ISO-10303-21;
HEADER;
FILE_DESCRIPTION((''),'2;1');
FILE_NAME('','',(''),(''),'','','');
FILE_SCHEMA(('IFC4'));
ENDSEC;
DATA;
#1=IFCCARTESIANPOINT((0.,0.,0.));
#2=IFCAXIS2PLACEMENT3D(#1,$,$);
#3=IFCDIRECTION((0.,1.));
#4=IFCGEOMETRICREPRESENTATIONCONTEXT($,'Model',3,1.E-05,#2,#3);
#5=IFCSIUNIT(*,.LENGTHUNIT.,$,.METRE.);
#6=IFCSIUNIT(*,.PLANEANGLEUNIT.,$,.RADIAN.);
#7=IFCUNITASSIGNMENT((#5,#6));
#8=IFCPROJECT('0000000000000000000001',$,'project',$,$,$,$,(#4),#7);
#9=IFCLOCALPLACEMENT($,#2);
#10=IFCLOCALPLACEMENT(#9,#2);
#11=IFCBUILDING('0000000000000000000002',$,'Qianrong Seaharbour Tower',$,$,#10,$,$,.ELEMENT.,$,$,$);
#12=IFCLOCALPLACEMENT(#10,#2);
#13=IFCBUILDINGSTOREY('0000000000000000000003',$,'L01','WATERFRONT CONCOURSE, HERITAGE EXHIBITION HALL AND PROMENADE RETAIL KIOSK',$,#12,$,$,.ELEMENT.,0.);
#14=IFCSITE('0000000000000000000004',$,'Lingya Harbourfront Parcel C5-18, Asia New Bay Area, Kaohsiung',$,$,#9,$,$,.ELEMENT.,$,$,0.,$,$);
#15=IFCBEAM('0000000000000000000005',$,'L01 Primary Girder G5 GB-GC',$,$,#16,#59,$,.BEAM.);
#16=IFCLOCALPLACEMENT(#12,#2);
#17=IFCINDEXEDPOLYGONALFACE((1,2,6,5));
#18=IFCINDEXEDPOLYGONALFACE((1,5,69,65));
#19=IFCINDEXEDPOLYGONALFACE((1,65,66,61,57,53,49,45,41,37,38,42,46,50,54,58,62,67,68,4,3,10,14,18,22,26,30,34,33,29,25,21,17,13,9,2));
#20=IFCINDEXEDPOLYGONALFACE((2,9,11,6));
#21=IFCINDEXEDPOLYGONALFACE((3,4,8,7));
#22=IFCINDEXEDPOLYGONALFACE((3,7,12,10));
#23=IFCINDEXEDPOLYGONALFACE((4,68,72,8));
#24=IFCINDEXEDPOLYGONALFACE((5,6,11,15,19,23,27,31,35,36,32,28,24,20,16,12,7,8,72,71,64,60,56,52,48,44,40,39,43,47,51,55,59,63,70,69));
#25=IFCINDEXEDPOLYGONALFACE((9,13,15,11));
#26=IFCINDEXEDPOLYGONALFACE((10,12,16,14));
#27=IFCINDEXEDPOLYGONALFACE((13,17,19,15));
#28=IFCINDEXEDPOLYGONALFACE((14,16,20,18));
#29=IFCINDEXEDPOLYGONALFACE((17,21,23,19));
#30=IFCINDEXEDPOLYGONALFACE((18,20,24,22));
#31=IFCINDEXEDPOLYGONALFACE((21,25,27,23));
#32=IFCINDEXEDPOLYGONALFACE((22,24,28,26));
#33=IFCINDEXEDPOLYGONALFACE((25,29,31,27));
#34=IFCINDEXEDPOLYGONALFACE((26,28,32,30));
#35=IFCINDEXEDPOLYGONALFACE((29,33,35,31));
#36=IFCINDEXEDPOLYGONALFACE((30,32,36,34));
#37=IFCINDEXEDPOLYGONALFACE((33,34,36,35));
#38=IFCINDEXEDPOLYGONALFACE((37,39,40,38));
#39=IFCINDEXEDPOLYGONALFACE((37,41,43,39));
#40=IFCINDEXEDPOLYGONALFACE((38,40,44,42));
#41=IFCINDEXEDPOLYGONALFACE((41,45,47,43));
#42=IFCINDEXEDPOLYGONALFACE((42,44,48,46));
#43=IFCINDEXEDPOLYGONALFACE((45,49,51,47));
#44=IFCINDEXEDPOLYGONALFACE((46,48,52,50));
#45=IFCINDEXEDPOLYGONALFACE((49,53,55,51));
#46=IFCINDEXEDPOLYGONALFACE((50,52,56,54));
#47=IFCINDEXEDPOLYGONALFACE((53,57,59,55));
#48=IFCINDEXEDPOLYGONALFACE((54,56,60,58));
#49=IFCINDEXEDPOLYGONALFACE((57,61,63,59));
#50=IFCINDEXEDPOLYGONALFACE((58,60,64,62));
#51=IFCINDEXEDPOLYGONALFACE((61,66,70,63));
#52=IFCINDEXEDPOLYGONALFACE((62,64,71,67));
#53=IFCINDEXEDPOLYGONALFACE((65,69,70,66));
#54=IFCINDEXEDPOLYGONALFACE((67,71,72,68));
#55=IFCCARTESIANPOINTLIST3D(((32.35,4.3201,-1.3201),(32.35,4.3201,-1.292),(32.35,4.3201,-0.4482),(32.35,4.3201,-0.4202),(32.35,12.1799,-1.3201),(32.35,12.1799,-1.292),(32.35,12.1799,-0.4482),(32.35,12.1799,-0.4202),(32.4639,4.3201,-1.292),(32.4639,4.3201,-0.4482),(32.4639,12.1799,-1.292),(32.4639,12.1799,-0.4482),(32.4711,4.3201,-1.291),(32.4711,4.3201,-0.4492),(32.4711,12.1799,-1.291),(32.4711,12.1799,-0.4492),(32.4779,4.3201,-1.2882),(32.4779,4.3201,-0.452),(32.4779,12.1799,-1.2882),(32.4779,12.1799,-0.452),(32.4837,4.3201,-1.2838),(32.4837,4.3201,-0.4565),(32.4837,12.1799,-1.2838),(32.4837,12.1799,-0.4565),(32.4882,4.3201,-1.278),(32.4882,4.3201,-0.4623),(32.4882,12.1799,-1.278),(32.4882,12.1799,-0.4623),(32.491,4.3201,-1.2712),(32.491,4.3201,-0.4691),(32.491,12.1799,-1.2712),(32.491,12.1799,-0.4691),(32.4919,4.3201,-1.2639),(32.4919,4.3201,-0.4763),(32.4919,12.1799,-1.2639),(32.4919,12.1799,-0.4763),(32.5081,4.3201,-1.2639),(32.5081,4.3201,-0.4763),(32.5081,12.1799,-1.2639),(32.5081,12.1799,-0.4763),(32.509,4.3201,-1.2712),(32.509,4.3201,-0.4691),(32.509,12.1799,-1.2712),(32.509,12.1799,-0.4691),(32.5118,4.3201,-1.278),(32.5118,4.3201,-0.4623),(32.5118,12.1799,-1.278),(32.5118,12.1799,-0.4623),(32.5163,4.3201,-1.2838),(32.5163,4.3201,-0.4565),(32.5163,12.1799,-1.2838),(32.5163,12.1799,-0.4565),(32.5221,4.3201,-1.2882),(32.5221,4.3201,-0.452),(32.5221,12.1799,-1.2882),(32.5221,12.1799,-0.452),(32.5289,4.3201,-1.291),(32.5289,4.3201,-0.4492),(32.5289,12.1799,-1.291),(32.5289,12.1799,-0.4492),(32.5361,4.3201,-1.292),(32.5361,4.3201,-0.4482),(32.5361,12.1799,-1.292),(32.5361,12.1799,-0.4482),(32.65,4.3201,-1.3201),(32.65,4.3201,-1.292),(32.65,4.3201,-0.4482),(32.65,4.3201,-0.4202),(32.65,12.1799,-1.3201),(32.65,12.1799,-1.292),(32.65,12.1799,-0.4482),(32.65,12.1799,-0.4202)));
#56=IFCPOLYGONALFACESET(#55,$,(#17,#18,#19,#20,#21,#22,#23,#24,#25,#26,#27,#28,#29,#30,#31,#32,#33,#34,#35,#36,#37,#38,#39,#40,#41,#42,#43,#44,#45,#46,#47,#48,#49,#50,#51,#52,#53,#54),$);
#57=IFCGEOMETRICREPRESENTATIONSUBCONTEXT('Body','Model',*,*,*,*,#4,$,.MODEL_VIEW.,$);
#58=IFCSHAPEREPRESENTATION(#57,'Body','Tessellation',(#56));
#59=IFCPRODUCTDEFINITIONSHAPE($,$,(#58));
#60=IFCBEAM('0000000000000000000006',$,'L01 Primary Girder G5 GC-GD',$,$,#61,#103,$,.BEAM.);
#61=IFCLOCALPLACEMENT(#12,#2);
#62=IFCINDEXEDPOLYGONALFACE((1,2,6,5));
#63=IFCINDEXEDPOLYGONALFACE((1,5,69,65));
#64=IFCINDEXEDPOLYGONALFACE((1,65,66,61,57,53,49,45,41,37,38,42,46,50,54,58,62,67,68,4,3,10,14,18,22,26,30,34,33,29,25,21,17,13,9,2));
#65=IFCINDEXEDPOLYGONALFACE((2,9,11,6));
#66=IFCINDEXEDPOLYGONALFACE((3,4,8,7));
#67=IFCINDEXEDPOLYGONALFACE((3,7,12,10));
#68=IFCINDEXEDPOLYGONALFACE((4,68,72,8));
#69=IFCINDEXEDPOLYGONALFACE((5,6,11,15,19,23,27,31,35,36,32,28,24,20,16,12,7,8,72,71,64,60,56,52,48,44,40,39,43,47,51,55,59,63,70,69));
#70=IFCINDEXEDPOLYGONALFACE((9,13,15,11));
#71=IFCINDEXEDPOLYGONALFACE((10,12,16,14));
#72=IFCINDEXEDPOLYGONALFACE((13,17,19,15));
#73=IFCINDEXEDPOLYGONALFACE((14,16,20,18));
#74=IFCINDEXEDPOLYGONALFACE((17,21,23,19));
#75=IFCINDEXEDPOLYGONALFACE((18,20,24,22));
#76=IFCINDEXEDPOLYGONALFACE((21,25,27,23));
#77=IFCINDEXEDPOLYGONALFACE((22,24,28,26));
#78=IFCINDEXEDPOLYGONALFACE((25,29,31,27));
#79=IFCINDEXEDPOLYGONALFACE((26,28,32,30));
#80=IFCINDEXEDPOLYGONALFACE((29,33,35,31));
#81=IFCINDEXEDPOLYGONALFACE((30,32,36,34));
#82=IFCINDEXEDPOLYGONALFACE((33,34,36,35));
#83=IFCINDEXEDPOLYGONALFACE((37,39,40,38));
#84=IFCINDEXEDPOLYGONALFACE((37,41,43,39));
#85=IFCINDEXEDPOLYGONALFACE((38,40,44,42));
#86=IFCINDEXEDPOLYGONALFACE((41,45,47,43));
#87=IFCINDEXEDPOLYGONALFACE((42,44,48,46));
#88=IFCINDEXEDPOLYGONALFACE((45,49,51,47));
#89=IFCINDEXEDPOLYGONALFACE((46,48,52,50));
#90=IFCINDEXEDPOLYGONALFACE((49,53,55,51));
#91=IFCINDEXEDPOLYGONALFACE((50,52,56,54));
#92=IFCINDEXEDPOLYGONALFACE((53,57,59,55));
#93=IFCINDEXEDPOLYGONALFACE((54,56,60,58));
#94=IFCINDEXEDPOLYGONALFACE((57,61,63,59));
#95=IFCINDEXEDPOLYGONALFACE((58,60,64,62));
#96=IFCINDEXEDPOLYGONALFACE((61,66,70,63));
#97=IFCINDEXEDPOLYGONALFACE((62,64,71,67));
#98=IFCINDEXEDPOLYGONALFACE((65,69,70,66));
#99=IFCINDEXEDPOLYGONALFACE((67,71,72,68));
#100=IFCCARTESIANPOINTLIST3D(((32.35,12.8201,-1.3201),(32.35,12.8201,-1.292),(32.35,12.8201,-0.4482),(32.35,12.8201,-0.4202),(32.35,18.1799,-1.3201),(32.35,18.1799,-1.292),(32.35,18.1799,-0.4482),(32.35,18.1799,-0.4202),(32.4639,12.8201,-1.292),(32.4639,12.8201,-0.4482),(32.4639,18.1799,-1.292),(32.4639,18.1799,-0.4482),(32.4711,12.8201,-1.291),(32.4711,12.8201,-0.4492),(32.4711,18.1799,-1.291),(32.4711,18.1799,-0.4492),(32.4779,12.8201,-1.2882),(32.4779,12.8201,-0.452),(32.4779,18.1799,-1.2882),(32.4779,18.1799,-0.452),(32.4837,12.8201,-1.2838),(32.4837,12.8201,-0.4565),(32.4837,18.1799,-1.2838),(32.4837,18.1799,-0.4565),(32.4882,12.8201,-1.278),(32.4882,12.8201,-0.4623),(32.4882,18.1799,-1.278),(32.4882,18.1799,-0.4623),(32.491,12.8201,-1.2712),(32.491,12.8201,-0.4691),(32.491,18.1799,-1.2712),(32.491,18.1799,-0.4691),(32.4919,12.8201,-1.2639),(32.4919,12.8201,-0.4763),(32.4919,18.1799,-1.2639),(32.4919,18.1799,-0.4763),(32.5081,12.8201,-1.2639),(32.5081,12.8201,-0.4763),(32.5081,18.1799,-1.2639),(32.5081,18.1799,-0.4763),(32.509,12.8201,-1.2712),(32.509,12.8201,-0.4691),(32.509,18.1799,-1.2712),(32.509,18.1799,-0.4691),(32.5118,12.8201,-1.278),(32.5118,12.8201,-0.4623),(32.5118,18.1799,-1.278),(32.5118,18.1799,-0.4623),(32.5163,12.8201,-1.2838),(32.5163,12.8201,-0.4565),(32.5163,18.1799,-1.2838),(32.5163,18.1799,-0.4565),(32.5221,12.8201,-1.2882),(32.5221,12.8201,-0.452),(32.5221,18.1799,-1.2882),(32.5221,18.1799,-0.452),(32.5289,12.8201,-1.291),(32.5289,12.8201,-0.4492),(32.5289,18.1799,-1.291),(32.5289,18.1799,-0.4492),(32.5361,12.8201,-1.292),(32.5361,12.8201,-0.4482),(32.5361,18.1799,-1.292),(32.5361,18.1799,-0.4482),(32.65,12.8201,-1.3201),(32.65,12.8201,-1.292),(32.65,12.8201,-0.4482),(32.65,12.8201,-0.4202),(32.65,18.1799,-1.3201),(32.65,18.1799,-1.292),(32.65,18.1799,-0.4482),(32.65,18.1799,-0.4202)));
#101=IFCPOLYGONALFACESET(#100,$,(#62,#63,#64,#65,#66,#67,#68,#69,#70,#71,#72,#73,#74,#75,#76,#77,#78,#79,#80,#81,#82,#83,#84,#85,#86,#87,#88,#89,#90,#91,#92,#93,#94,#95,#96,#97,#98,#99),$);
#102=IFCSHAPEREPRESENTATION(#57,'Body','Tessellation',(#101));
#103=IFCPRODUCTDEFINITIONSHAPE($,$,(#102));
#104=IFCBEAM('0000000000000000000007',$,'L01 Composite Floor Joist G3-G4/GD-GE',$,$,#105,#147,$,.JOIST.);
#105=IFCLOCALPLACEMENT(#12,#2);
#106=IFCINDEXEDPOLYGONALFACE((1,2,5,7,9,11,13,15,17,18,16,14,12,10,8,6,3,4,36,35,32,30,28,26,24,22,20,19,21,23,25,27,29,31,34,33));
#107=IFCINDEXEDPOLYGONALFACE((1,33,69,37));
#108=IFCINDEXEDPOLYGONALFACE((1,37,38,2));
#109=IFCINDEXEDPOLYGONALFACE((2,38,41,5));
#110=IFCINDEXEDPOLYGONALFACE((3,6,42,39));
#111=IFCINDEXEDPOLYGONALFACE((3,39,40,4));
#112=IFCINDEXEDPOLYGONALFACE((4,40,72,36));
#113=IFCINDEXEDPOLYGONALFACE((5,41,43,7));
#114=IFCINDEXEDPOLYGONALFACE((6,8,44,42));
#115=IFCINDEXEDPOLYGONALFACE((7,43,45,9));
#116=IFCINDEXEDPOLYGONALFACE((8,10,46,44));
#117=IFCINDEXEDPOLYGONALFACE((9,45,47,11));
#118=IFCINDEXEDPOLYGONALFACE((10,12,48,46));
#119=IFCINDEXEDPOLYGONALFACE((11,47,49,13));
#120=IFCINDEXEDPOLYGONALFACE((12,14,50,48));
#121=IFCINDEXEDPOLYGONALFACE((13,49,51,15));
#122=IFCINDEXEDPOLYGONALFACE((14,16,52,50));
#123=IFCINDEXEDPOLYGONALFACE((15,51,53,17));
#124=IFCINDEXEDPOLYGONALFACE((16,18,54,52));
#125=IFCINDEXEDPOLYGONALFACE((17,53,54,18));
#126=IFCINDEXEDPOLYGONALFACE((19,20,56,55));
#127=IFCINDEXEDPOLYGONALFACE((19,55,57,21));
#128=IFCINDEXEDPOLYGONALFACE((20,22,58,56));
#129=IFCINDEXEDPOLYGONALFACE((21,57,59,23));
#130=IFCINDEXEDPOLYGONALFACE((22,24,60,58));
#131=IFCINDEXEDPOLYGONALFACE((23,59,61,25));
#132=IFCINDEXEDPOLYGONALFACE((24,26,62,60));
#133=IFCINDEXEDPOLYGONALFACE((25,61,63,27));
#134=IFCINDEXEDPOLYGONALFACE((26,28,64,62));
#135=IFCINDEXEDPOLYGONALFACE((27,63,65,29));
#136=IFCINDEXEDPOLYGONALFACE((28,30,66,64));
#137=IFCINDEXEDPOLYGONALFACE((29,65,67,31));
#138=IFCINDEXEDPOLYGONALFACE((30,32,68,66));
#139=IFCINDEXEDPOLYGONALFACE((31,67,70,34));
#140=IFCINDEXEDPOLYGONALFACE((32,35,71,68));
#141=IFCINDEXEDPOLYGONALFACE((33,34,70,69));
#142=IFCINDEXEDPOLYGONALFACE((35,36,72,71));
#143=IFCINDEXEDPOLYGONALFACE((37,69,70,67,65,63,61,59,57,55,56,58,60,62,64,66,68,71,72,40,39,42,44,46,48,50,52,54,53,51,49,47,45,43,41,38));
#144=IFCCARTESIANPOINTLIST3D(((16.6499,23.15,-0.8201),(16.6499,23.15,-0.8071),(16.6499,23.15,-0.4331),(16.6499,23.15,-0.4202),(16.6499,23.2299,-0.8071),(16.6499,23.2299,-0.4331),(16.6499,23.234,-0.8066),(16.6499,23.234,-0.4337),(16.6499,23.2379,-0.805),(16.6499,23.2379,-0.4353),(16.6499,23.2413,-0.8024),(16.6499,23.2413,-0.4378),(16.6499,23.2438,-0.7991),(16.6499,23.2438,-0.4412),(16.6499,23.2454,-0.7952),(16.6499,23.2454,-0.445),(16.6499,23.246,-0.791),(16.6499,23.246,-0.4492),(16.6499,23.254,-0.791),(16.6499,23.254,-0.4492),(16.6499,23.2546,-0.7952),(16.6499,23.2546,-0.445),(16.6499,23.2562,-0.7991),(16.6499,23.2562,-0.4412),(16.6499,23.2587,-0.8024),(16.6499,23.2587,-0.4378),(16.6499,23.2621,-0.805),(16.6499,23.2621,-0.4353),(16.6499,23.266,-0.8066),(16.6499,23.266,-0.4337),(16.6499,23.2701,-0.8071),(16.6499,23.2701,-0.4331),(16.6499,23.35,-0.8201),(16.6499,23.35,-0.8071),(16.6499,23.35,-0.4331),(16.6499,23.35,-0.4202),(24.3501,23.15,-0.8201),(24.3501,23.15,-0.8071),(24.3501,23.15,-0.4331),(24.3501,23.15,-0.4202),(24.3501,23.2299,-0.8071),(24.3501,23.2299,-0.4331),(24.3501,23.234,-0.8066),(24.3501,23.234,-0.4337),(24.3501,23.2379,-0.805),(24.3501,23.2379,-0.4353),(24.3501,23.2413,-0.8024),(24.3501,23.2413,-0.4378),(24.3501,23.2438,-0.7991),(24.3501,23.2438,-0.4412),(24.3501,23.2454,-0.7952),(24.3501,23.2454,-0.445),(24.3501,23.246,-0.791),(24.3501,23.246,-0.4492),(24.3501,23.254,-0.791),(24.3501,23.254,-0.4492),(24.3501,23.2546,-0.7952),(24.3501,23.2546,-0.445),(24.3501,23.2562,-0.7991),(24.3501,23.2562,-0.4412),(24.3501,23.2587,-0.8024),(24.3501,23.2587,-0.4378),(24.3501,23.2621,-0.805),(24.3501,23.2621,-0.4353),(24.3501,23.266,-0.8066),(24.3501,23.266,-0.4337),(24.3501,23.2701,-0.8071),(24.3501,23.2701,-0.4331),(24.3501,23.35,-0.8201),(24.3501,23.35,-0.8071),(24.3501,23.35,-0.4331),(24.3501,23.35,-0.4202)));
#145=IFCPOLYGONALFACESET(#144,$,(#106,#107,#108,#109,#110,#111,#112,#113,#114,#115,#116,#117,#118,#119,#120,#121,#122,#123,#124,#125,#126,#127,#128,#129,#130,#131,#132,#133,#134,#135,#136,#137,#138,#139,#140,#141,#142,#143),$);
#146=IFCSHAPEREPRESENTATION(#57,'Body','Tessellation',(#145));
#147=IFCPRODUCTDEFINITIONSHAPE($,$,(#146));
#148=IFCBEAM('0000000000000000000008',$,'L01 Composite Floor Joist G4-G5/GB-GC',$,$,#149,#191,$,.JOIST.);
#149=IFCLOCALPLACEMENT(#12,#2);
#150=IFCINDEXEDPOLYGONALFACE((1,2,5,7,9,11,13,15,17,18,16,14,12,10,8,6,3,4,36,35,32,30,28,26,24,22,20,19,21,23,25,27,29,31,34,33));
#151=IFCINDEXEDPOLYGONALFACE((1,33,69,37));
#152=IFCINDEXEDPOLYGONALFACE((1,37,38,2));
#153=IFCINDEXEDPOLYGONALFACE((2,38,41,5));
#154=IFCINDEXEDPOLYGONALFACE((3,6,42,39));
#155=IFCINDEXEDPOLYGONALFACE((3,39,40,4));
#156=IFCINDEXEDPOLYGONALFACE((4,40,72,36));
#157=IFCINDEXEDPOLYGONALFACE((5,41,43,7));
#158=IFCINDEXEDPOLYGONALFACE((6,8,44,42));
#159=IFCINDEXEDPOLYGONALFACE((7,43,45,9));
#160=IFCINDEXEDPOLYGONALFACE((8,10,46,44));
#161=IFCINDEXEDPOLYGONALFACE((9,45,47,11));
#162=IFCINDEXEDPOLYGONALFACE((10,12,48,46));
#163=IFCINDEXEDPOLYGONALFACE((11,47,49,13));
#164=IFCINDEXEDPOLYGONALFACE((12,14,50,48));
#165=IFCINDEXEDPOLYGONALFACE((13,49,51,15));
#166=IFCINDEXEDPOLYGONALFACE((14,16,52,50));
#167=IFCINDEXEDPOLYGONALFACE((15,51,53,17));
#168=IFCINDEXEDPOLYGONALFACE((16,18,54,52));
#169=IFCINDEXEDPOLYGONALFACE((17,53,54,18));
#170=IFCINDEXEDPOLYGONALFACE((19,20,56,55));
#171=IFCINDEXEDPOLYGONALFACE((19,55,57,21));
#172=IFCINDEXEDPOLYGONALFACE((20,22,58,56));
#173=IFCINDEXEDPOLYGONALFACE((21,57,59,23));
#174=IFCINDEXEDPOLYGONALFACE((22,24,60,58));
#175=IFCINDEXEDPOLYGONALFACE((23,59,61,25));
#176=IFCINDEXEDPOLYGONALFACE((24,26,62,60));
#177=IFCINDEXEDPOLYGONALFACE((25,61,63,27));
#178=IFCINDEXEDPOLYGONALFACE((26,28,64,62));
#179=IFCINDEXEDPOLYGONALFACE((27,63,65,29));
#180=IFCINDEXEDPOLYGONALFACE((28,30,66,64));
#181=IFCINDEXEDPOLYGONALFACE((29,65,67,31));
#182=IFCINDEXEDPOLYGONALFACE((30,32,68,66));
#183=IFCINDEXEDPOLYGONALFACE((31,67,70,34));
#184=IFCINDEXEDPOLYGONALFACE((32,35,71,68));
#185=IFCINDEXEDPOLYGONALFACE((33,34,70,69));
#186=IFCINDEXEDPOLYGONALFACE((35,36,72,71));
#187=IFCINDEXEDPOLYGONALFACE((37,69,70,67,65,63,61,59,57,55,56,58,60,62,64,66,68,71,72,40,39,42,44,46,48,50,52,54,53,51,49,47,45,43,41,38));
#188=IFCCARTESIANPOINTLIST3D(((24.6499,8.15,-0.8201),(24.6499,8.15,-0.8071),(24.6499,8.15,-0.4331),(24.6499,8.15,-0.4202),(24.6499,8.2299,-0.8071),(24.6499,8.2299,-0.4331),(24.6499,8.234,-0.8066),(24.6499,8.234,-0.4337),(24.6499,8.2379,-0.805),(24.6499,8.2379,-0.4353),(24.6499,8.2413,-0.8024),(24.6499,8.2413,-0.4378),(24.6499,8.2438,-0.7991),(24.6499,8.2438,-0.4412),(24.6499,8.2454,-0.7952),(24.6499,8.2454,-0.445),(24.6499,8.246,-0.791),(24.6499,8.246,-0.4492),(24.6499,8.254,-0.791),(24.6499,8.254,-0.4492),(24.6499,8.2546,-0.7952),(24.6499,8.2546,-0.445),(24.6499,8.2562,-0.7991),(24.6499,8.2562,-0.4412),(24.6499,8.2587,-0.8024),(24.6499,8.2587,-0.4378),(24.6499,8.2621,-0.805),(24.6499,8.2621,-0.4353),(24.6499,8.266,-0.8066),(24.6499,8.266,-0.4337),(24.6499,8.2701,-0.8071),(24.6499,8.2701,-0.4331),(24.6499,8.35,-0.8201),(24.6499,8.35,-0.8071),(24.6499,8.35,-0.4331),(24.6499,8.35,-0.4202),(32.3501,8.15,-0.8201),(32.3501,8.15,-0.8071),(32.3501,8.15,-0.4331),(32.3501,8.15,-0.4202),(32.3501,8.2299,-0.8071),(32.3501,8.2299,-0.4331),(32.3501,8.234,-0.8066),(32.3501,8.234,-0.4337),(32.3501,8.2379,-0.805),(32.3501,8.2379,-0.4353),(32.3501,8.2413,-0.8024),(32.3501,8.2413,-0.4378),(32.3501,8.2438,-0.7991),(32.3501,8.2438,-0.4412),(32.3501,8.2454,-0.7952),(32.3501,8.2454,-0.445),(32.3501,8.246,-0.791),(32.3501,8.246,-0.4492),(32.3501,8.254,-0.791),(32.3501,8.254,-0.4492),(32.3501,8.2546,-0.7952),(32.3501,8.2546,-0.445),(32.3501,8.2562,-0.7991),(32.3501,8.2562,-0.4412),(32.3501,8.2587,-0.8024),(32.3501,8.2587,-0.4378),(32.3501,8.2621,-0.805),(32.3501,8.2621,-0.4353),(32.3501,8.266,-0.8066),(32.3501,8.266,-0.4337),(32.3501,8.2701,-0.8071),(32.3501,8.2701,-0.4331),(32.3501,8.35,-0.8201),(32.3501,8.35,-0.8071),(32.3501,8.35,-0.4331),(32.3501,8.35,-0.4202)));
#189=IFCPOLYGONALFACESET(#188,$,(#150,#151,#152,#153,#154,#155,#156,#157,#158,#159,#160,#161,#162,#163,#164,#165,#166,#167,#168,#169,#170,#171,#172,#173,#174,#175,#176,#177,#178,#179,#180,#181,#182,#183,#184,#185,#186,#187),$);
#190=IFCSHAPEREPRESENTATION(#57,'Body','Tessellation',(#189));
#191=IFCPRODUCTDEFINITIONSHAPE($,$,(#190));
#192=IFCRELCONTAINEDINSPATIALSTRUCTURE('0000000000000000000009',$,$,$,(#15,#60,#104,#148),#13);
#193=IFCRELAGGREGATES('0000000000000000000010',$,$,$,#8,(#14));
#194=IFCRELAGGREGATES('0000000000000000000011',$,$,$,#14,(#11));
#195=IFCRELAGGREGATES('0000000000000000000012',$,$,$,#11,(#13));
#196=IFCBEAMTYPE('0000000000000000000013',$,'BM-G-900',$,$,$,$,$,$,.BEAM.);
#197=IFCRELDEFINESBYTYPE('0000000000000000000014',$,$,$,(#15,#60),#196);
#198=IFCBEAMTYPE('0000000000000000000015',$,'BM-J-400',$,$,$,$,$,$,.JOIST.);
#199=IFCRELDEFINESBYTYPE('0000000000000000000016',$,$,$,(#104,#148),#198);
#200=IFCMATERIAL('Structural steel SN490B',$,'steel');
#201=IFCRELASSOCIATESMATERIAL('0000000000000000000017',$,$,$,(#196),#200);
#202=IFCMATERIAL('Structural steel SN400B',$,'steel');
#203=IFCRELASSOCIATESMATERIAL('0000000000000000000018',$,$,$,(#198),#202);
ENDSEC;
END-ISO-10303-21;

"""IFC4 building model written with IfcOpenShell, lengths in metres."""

from ifc_helpers import new_model, si_unit, direction, frame, origin, origin_2d, place, context, subcontext, project, spatial, i_section, extrude, material, material_profile, profile_set, type_object, element, save


model = new_model("IFC4")

# Units and contexts
model_context = context("Model", 3, precision=1e-05, world=origin(), true_north=direction((0.0, 1.0)))
body_context = subcontext(model_context, "Body", "Model", "MODEL_VIEW")
ifc_project = project(units=[si_unit("LENGTHUNIT", "METRE"), si_unit("PLANEANGLEUNIT", "RADIAN")], contexts=[model_context])

# Site, building, storey
site_placement = place(None, origin())
site = spatial("IfcSite", under=ifc_project, at=site_placement, Name="Lingya Harbourfront Parcel C5-18, Asia New Bay Area, Kaohsiung", CompositionType="ELEMENT", RefElevation=0.0)
building_placement = place(site_placement, origin())
building = spatial("IfcBuilding", under=site, at=building_placement, Name="Qianrong Seaharbour Tower", CompositionType="ELEMENT")
storey_placement = place(building_placement, origin())
storey = spatial("IfcBuildingStorey", under=building, at=storey_placement, Name="L01", Description="WATERFRONT CONCOURSE, HERITAGE EXHIBITION HALL AND PROMENADE RETAIL KIOSK", CompositionType="ELEMENT", Elevation=0.0)

# Shared definitions
ifc_material_1 = material(Name="Structural steel SN490B", Category="steel")

# Beams
ifc_material_profile_1 = material_profile(ifc_material_1, i_section(OverallWidth=0.3, OverallDepth=0.8999, WebThickness=0.0161, FlangeThickness=0.0281, FilletRadius=0.0281, at=origin_2d()), Name="H900x300x16x28")
ifc_profile_set_1 = profile_set([ifc_material_profile_1], Name="Structural steel SN490B")
beam_type_1 = type_object("IfcBeamType", Name="BM-G-900", PredefinedType="BEAM", material=ifc_profile_set_1)
beam_1_placement = place(storey_placement, frame((32.5, 4.3201, -0.8701), z_axis=(0.0, 1.0, 0.0), x_axis=(-1.0, 0.0, 0.0)))
element("IfcBeam", 1, at=beam_1_placement, inside=storey, type_object=beam_type_1, Name="L01 Primary Girder G5 GB-GC", PredefinedType="BEAM", context=body_context, shape_type="SweptSolid", body=[
    extrude(i_section(OverallWidth=0.3, OverallDepth=0.8999, WebThickness=0.0161, FlangeThickness=0.0281, FilletRadius=0.0281, at=origin_2d()), origin(), (0.0, 0.0, 1.0), 7.8599),
])
beam_2_placement = place(storey_placement, frame((32.5, 12.8201, -0.8701), z_axis=(0.0, 1.0, 0.0), x_axis=(-1.0, 0.0, 0.0)))
element("IfcBeam", 2, at=beam_2_placement, inside=storey, type_object=beam_type_1, Name="L01 Primary Girder G5 GC-GD", PredefinedType="BEAM", context=body_context, shape_type="SweptSolid", body=[
    extrude(i_section(OverallWidth=0.3, OverallDepth=0.8999, WebThickness=0.0161, FlangeThickness=0.0281, FilletRadius=0.0281, at=origin_2d()), origin(), (0.0, 0.0, 1.0), 5.3599),
])
ifc_material_2 = material(Name="Structural steel SN400B", Category="steel")
ifc_material_profile_2 = material_profile(ifc_material_2, i_section(OverallWidth=0.2, OverallDepth=0.3999, WebThickness=0.0081, FlangeThickness=0.0129, FilletRadius=0.0161, at=origin_2d()), Name="H400x200x8x13")
ifc_profile_set_2 = profile_set([ifc_material_profile_2], Name="Structural steel SN400B")
beam_type_2 = type_object("IfcBeamType", Name="BM-J-400", PredefinedType="JOIST", material=ifc_profile_set_2)
for number, where, z_axis, x_axis, name in (
    (3, (16.6499, 23.25, -0.6201), (1.0, 0.0, 0.0), (0.0, 1.0, 0.0), "L01 Composite Floor Joist G3-G4/GD-GE"),
    (4, (24.6499, 8.25, -0.6201), (1.0, 0.0, 0.0), (0.0, 1.0, 0.0), "L01 Composite Floor Joist G4-G5/GB-GC"),
):
    element("IfcBeam", number, at=place(storey_placement, frame(where, z_axis=z_axis, x_axis=x_axis)), inside=storey, type_object=beam_type_2, Name=name, PredefinedType="JOIST", context=body_context, shape_type="SweptSolid", body=[
        extrude(i_section(OverallWidth=0.2, OverallDepth=0.3999, WebThickness=0.0081, FlangeThickness=0.0129, FilletRadius=0.0161, at=origin_2d()), origin(), (0.0, 0.0, 1.0), 7.7002),
    ])

save(model, "model.ifc")
